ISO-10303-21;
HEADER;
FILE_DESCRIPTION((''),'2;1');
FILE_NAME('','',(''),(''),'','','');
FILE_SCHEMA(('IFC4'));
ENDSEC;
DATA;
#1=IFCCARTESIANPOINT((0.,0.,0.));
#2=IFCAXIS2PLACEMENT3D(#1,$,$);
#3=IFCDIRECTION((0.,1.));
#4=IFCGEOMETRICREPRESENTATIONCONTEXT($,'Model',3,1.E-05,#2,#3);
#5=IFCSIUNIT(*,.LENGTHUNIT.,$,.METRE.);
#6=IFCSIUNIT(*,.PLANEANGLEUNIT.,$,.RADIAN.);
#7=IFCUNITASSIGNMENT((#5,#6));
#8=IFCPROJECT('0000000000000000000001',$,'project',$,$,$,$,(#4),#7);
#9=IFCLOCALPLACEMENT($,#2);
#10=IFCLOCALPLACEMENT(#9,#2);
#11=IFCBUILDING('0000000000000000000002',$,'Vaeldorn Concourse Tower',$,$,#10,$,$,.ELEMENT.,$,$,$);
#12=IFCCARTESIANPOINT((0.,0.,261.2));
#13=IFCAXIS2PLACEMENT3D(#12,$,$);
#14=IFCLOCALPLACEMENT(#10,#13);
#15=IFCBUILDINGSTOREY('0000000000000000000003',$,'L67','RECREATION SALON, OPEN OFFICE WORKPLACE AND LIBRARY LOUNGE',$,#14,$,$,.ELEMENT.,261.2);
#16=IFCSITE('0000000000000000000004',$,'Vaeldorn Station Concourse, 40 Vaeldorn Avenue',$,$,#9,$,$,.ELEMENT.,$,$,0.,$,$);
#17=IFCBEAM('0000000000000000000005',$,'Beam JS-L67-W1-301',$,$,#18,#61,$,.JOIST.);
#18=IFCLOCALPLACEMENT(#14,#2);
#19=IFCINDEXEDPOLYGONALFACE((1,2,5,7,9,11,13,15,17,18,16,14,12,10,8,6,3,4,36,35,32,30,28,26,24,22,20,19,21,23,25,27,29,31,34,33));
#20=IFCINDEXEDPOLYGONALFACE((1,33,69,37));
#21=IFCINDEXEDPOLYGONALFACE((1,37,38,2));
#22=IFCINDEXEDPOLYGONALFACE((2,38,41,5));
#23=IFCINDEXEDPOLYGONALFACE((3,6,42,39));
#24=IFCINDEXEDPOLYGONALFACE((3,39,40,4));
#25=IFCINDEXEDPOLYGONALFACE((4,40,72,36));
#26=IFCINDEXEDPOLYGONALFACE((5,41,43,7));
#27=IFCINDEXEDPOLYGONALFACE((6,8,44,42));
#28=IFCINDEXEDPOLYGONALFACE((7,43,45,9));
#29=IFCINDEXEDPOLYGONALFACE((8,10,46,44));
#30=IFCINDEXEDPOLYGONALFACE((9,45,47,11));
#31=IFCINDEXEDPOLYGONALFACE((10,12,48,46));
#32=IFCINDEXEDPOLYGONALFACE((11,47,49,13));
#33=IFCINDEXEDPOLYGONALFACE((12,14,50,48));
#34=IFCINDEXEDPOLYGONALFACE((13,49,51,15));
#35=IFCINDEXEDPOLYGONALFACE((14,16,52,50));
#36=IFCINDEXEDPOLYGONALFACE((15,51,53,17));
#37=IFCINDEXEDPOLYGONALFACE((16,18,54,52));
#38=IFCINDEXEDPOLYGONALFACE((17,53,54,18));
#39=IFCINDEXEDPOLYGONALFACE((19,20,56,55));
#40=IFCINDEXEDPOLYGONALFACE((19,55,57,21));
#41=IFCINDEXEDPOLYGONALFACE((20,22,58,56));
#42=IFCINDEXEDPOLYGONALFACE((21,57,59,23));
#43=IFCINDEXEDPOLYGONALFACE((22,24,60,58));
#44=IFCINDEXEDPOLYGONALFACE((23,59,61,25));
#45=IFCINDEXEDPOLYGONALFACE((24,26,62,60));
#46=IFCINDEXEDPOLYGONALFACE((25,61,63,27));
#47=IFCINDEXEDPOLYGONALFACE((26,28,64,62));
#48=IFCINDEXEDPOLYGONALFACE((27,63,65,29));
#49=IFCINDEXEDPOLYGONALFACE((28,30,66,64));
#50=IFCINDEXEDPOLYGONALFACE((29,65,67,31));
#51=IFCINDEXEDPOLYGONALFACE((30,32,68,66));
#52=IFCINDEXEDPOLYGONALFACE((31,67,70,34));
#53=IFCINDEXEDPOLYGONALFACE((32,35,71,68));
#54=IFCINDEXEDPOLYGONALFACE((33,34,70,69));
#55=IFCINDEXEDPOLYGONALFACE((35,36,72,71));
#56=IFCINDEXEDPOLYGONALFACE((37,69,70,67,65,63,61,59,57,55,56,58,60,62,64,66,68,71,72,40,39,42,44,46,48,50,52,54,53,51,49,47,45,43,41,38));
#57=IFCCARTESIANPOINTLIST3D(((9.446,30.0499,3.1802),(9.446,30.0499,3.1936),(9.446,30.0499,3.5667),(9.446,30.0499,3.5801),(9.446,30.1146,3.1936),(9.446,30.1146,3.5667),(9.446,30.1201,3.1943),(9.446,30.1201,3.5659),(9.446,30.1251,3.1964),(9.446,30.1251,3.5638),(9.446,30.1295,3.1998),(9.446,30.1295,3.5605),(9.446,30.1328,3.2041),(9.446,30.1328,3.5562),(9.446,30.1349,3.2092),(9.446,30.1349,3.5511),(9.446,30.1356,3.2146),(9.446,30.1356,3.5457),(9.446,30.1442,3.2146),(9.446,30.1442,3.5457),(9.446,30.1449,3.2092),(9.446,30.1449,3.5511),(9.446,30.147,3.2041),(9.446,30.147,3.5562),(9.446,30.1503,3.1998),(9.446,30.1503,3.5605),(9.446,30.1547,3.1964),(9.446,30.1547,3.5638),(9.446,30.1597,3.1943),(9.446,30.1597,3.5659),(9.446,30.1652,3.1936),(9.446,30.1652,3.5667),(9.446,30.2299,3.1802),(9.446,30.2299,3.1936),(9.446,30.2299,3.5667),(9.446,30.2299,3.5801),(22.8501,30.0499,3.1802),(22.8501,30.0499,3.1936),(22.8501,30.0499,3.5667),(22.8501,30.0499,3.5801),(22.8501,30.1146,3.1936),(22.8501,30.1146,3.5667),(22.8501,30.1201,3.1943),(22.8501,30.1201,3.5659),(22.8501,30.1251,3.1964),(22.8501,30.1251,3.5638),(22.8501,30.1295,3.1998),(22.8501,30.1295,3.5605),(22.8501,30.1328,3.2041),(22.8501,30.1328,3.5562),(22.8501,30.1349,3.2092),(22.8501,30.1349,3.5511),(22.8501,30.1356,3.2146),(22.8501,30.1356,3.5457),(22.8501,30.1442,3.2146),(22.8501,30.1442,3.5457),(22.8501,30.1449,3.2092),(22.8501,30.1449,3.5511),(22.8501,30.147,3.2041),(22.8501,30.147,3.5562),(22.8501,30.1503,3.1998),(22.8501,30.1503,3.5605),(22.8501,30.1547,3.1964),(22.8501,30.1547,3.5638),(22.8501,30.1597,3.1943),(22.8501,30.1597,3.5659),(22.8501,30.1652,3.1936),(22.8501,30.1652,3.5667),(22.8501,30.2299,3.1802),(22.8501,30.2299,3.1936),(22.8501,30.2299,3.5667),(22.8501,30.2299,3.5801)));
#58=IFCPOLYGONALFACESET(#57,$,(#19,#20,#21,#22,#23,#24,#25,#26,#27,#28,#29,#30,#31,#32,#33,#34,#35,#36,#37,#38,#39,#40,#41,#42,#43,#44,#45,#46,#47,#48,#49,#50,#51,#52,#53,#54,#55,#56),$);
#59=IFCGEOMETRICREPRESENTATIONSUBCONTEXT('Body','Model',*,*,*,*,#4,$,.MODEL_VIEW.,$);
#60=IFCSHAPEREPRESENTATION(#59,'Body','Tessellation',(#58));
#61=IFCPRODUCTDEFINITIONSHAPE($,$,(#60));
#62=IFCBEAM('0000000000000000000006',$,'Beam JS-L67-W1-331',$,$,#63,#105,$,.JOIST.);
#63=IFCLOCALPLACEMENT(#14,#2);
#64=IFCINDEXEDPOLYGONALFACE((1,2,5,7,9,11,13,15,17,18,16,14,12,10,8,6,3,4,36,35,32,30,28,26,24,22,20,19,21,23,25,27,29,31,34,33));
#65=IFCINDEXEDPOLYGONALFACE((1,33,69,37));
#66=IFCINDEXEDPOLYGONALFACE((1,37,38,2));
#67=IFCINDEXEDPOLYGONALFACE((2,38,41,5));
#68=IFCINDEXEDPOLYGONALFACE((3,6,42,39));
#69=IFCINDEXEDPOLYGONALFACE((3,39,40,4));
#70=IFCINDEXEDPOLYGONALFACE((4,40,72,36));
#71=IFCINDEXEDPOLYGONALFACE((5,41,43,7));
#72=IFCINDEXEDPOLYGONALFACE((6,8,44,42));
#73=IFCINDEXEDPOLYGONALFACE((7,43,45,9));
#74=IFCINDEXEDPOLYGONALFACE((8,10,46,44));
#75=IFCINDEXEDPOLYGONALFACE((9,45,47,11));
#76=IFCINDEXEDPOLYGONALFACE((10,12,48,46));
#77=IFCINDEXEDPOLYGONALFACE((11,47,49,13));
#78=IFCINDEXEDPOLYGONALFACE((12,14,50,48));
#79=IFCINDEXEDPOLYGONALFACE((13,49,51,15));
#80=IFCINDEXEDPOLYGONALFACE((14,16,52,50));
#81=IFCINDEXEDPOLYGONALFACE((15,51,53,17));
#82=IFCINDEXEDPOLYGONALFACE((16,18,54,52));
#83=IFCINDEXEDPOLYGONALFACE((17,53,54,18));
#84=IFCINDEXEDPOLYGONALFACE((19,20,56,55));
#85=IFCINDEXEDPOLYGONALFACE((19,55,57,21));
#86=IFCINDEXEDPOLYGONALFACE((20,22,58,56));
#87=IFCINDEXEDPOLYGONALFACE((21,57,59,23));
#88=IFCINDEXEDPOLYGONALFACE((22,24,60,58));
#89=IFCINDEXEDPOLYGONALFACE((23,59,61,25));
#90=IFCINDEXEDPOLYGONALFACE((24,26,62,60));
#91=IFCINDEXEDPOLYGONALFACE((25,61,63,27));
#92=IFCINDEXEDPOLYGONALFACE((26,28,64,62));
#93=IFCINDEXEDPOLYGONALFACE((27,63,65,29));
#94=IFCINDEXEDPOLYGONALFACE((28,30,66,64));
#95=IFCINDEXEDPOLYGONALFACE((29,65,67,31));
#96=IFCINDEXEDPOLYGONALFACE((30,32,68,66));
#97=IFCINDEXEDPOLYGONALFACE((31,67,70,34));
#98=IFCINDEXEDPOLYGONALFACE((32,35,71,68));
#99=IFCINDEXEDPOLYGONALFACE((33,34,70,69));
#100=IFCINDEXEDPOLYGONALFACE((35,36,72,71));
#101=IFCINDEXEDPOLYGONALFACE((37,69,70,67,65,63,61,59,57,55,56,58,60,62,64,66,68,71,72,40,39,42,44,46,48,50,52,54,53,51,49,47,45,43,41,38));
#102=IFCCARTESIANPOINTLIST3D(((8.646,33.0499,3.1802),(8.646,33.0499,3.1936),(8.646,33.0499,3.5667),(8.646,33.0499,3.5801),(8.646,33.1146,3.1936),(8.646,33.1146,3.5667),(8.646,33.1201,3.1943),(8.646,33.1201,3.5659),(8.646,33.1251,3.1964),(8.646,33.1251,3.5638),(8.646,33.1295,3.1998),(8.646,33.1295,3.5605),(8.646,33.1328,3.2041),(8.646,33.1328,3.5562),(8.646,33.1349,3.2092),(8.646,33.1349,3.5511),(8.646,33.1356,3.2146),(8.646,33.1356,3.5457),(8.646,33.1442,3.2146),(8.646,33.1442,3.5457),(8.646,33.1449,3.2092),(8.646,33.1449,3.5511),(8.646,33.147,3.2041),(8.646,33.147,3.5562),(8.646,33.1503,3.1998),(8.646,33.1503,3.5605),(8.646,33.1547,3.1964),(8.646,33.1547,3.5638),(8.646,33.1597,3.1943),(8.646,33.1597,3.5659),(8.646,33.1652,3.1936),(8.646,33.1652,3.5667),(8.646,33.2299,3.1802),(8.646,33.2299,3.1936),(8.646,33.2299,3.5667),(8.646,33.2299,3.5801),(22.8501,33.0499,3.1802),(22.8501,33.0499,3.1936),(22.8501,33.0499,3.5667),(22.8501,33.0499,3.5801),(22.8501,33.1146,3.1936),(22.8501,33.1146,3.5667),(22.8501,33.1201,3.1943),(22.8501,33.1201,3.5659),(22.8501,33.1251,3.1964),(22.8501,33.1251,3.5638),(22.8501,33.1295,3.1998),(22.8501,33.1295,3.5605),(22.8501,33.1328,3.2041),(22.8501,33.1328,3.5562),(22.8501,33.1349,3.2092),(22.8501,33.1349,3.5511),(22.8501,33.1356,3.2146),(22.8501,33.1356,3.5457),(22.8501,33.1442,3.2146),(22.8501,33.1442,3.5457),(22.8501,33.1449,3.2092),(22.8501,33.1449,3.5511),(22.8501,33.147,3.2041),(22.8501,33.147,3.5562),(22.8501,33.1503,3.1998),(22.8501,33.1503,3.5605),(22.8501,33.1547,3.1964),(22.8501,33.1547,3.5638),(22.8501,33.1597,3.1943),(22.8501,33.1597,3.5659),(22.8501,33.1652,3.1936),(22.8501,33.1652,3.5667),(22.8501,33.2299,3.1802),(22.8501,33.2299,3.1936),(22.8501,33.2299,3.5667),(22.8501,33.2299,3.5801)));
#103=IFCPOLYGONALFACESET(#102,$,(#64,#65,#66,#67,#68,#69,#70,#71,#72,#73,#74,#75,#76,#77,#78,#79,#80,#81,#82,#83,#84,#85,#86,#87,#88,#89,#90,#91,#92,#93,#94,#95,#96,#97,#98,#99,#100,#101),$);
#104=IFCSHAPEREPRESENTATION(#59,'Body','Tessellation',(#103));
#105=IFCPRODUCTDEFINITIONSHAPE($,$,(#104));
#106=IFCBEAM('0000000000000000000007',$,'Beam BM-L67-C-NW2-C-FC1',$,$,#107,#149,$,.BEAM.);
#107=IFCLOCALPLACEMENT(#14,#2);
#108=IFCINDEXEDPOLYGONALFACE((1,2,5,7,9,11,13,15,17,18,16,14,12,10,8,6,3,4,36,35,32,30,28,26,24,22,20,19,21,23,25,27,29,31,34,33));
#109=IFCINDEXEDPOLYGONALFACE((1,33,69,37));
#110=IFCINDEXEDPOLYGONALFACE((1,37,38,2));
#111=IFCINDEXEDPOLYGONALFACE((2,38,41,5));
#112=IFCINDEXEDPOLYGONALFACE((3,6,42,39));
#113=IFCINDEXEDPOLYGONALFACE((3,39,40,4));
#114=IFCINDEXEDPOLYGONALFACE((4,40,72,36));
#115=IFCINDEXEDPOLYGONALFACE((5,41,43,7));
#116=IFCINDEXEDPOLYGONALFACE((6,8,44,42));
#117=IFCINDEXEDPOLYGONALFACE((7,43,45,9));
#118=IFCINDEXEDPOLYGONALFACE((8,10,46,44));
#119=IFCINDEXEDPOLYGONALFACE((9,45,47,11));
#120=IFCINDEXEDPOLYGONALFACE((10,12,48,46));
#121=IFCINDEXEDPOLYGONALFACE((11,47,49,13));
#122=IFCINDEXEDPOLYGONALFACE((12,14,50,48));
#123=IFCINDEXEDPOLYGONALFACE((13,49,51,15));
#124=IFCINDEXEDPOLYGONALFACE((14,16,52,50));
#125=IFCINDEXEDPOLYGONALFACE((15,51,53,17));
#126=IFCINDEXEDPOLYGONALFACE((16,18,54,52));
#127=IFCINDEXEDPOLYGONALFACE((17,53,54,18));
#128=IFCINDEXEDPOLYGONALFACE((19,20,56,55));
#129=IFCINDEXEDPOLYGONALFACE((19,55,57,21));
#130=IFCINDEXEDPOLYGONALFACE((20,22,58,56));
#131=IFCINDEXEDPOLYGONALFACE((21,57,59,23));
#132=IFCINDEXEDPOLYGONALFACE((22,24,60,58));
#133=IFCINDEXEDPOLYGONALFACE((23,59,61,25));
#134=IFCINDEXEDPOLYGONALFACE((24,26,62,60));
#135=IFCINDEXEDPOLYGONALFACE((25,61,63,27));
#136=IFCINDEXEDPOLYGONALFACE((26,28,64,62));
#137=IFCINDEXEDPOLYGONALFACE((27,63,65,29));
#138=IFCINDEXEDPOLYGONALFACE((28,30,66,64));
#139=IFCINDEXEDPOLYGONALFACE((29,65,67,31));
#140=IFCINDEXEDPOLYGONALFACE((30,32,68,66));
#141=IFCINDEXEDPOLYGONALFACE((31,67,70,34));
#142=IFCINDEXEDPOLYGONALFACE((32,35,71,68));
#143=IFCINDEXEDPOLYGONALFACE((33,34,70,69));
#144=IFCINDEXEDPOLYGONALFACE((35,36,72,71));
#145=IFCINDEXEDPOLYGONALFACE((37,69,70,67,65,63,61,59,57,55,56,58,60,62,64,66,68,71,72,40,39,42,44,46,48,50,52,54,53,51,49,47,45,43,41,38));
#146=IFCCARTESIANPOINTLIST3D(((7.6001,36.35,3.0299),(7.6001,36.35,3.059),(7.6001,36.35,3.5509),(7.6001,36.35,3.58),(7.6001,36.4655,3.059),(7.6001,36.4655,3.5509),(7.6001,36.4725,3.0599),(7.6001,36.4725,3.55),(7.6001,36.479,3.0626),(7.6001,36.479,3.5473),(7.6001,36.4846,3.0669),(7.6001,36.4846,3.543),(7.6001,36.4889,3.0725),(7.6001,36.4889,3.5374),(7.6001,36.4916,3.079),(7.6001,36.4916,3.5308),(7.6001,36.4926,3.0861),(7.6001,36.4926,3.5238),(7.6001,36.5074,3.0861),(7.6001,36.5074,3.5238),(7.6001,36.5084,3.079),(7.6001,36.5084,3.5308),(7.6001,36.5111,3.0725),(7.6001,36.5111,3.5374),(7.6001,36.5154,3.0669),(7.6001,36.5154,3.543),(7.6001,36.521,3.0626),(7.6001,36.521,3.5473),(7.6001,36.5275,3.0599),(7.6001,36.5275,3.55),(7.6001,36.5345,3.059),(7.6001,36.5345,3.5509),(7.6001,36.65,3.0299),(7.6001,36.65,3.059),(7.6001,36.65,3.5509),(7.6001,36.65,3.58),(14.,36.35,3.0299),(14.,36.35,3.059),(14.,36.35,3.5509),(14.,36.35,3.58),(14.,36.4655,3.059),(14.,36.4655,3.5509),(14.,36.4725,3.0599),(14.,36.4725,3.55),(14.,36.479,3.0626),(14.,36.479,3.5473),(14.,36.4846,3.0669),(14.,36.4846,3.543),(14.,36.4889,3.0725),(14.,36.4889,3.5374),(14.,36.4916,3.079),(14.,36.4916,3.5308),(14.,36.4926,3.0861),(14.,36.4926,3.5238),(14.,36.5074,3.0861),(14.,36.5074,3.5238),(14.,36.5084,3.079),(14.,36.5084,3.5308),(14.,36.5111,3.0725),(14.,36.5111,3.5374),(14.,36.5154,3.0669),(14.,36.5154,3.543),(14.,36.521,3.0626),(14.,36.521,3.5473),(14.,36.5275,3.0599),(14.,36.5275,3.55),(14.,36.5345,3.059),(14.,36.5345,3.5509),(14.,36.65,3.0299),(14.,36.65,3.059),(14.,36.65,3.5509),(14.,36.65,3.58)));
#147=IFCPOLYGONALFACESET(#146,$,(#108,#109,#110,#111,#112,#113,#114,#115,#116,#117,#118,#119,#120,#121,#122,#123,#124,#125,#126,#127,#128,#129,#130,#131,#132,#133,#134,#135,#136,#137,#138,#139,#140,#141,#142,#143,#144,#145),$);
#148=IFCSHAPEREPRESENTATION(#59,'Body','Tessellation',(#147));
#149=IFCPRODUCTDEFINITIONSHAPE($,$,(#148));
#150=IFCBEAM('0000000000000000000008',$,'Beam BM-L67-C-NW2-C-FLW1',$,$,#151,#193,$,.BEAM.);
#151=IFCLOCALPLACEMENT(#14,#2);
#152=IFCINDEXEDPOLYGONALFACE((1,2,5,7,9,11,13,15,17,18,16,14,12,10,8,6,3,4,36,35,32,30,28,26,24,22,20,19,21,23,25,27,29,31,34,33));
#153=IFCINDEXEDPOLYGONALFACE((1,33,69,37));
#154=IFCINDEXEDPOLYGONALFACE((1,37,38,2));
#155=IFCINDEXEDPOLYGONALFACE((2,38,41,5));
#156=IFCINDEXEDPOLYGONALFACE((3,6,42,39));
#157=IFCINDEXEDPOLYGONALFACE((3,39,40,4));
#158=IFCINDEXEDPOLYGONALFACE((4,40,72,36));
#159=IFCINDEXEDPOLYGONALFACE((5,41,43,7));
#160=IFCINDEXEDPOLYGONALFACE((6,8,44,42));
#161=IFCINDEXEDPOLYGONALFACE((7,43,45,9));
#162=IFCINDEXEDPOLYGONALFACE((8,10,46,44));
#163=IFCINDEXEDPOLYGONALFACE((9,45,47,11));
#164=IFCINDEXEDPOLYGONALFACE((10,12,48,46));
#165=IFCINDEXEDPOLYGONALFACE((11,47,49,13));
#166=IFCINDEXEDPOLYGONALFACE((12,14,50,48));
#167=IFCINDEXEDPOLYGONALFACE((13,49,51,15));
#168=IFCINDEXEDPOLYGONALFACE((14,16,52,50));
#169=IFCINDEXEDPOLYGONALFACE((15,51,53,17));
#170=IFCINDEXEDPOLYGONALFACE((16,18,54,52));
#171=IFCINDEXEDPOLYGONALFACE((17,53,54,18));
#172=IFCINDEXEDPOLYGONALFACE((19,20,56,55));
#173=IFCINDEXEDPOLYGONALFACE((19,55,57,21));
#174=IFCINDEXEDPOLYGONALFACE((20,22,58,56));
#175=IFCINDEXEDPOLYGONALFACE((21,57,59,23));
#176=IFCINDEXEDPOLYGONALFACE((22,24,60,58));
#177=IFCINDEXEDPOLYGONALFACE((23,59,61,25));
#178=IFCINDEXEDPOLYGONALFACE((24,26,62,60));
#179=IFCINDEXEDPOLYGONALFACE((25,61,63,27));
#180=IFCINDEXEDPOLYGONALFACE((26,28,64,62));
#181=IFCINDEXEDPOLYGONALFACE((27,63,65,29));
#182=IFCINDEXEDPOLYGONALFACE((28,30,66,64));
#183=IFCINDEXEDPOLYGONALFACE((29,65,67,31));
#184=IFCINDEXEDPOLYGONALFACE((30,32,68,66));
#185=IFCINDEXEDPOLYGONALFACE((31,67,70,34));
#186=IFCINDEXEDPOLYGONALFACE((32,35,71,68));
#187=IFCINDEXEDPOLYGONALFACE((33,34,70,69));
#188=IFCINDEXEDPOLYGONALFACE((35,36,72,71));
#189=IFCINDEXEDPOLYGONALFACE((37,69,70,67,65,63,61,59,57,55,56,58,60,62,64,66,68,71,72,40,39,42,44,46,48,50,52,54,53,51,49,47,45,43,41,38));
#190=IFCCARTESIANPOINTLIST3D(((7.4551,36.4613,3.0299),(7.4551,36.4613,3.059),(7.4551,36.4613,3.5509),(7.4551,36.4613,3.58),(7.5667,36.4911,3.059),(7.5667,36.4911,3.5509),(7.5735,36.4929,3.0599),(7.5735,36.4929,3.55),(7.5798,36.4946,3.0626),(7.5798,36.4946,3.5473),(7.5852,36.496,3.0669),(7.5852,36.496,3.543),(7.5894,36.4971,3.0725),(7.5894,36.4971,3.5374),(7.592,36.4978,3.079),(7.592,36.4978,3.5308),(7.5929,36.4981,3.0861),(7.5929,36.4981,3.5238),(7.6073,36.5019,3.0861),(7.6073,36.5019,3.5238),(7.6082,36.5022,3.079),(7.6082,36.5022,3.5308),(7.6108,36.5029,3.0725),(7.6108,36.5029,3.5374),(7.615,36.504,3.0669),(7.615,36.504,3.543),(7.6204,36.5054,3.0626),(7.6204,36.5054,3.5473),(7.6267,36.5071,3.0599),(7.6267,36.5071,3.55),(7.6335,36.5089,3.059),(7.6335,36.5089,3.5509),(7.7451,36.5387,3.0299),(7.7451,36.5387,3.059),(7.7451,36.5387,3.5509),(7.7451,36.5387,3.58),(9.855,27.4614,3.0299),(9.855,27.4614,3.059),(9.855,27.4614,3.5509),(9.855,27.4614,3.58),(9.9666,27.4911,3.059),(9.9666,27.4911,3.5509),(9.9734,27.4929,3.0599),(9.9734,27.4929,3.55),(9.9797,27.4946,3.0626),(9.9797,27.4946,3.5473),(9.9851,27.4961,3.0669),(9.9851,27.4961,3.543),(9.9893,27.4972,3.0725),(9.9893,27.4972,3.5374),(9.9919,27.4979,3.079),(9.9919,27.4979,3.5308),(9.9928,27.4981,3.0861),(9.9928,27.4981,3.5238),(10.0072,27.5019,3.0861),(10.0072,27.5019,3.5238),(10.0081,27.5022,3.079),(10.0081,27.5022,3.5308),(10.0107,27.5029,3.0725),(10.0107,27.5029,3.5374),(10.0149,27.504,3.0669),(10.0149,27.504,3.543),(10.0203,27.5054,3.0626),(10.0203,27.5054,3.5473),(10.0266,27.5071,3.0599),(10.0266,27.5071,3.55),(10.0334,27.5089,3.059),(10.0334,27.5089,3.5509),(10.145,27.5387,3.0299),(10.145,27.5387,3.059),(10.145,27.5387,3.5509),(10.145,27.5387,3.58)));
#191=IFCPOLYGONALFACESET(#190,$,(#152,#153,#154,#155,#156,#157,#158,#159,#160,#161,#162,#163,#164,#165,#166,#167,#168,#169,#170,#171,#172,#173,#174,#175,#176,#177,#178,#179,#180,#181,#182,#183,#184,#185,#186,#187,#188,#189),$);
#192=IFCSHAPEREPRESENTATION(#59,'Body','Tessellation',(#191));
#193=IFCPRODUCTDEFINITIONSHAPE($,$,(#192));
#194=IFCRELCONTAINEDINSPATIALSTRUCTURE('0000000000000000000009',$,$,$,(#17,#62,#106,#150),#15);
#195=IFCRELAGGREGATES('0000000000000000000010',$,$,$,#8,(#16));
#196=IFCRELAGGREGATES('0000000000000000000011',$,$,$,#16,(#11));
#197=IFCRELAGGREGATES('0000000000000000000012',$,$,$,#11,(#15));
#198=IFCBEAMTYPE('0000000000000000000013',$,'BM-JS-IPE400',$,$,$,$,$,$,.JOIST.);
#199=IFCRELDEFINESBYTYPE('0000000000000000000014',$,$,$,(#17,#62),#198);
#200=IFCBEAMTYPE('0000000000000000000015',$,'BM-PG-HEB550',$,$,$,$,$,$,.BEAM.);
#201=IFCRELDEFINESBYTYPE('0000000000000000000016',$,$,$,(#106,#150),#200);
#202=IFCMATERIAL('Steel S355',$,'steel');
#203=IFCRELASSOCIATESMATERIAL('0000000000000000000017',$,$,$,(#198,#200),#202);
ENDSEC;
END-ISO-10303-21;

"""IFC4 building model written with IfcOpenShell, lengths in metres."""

from ifc_helpers import new_model, si_unit, direction, frame, origin, origin_2d, place, context, subcontext, project, spatial, i_section, extrude, source, transform, mapped, material, material_profile, profile_set, type_object, element, save


model = new_model("IFC4")

# Units and contexts
model_context = context("Model", 3, precision=1e-05, world=origin(), true_north=direction((0.0, 1.0)))
body_context = subcontext(model_context, "Body", "Model", "MODEL_VIEW")
ifc_project = project(units=[si_unit("LENGTHUNIT", "METRE"), si_unit("PLANEANGLEUNIT", "RADIAN")], contexts=[model_context])

# Site, building, storey
site_placement = place(None, origin())
site = spatial("IfcSite", under=ifc_project, at=site_placement, Name="Vaeldorn Station Concourse, 40 Vaeldorn Avenue", CompositionType="ELEMENT", RefElevation=0.0)
building_placement = place(site_placement, origin())
building = spatial("IfcBuilding", under=site, at=building_placement, Name="Vaeldorn Concourse Tower", CompositionType="ELEMENT")
storey_placement = place(building_placement, frame((0.0, 0.0, 261.2)))
storey = spatial("IfcBuildingStorey", under=building, at=storey_placement, Name="L67", Description="RECREATION SALON, OPEN OFFICE WORKPLACE AND LIBRARY LOUNGE", CompositionType="ELEMENT", Elevation=261.2)

# Shared definitions
ifc_material_1 = material(Name="Steel S355", Category="steel")

# Beams
ifc_material_profile_1 = material_profile(ifc_material_1, i_section(OverallWidth=0.1799, OverallDepth=0.3999, WebThickness=0.0085, FlangeThickness=0.0134, FilletRadius=0.021, at=origin_2d()), Name="IPE 400")
ifc_profile_set_1 = profile_set([ifc_material_profile_1], Name="Steel S355")
beam_type_1 = type_object("IfcBeamType", Name="BM-JS-IPE400", PredefinedType="JOIST", material=ifc_profile_set_1)
shared_shape_1 = source(origin(), body_context, "Body", "SweptSolid", [
    extrude(i_section(OverallWidth=0.1799, OverallDepth=0.3999, WebThickness=0.0085, FlangeThickness=0.0134, FilletRadius=0.021, at=origin_2d()), origin(), (0.0, 0.0, 1.0), 13.4041),
])
beam_1_placement = place(storey_placement, frame((9.446, 30.1399, 3.3801), z_axis=(1.0, 0.0, 0.0), x_axis=(0.0, 1.0, 0.0)))
element("IfcBeam", 1, at=beam_1_placement, inside=storey, type_object=beam_type_1, Name="Beam JS-L67-W1-301", PredefinedType="JOIST", context=body_context, shape_type="MappedRepresentation", body=[
    mapped(shared_shape_1, transform((0.0, 0.0, 0.0), scale=1.0)),
])
shared_shape_2 = source(origin(), body_context, "Body", "SweptSolid", [
    extrude(i_section(OverallWidth=0.1799, OverallDepth=0.3999, WebThickness=0.0085, FlangeThickness=0.0134, FilletRadius=0.021, at=origin_2d()), origin(), (0.0, 0.0, 1.0), 14.2041),
])
beam_2_placement = place(storey_placement, frame((8.646, 33.1399, 3.3801), z_axis=(1.0, 0.0, 0.0), x_axis=(0.0, 1.0, 0.0)))
element("IfcBeam", 2, at=beam_2_placement, inside=storey, type_object=beam_type_1, Name="Beam JS-L67-W1-331", PredefinedType="JOIST", context=body_context, shape_type="MappedRepresentation", body=[
    mapped(shared_shape_2, transform((0.0, 0.0, 0.0), scale=1.0)),
])
ifc_material_profile_2 = material_profile(ifc_material_1, i_section(OverallWidth=0.3, OverallDepth=0.55, WebThickness=0.0149, FlangeThickness=0.0291, FilletRadius=0.0271, at=origin_2d()), Name="HEB 550")
ifc_profile_set_2 = profile_set([ifc_material_profile_2], Name="Steel S355")
beam_type_2 = type_object("IfcBeamType", Name="BM-PG-HEB550", PredefinedType="BEAM", material=ifc_profile_set_2)
shared_shape_3 = source(origin(), body_context, "Body", "SweptSolid", [
    extrude(i_section(OverallWidth=0.3, OverallDepth=0.55, WebThickness=0.0149, FlangeThickness=0.0291, FilletRadius=0.0271, at=origin_2d()), origin(), (0.0, 0.0, 1.0), 6.3999),
])
beam_3_placement = place(storey_placement, frame((7.6001, 36.5, 3.3049), z_axis=(1.0, 0.0, 0.0), x_axis=(0.0, 1.0, 0.0)))
element("IfcBeam", 3, at=beam_3_placement, inside=storey, type_object=beam_type_2, Name="Beam BM-L67-C-NW2-C-FC1", PredefinedType="BEAM", context=body_context, shape_type="MappedRepresentation", body=[
    mapped(shared_shape_3, transform((0.0, 0.0, 0.0), scale=1.0)),
])
shared_shape_4 = source(origin(), body_context, "Body", "SweptSolid", [
    extrude(i_section(OverallWidth=0.3, OverallDepth=0.55, WebThickness=0.0149, FlangeThickness=0.0291, FilletRadius=0.0271, at=origin_2d()), origin(), (0.0, 0.0, 1.0), 9.3145),
])
beam_4_placement = place(storey_placement, frame((7.6001, 36.5, 3.3049), z_axis=(0.257653, -0.966238, 0.0), x_axis=(0.966238, 0.257653, 0.0)))
element("IfcBeam", 4, at=beam_4_placement, inside=storey, type_object=beam_type_2, Name="Beam BM-L67-C-NW2-C-FLW1", PredefinedType="BEAM", context=body_context, shape_type="MappedRepresentation", body=[
    mapped(shared_shape_4, transform((0.0, 0.0, 0.0), scale=1.0)),
])

save(model, "model.ifc")
